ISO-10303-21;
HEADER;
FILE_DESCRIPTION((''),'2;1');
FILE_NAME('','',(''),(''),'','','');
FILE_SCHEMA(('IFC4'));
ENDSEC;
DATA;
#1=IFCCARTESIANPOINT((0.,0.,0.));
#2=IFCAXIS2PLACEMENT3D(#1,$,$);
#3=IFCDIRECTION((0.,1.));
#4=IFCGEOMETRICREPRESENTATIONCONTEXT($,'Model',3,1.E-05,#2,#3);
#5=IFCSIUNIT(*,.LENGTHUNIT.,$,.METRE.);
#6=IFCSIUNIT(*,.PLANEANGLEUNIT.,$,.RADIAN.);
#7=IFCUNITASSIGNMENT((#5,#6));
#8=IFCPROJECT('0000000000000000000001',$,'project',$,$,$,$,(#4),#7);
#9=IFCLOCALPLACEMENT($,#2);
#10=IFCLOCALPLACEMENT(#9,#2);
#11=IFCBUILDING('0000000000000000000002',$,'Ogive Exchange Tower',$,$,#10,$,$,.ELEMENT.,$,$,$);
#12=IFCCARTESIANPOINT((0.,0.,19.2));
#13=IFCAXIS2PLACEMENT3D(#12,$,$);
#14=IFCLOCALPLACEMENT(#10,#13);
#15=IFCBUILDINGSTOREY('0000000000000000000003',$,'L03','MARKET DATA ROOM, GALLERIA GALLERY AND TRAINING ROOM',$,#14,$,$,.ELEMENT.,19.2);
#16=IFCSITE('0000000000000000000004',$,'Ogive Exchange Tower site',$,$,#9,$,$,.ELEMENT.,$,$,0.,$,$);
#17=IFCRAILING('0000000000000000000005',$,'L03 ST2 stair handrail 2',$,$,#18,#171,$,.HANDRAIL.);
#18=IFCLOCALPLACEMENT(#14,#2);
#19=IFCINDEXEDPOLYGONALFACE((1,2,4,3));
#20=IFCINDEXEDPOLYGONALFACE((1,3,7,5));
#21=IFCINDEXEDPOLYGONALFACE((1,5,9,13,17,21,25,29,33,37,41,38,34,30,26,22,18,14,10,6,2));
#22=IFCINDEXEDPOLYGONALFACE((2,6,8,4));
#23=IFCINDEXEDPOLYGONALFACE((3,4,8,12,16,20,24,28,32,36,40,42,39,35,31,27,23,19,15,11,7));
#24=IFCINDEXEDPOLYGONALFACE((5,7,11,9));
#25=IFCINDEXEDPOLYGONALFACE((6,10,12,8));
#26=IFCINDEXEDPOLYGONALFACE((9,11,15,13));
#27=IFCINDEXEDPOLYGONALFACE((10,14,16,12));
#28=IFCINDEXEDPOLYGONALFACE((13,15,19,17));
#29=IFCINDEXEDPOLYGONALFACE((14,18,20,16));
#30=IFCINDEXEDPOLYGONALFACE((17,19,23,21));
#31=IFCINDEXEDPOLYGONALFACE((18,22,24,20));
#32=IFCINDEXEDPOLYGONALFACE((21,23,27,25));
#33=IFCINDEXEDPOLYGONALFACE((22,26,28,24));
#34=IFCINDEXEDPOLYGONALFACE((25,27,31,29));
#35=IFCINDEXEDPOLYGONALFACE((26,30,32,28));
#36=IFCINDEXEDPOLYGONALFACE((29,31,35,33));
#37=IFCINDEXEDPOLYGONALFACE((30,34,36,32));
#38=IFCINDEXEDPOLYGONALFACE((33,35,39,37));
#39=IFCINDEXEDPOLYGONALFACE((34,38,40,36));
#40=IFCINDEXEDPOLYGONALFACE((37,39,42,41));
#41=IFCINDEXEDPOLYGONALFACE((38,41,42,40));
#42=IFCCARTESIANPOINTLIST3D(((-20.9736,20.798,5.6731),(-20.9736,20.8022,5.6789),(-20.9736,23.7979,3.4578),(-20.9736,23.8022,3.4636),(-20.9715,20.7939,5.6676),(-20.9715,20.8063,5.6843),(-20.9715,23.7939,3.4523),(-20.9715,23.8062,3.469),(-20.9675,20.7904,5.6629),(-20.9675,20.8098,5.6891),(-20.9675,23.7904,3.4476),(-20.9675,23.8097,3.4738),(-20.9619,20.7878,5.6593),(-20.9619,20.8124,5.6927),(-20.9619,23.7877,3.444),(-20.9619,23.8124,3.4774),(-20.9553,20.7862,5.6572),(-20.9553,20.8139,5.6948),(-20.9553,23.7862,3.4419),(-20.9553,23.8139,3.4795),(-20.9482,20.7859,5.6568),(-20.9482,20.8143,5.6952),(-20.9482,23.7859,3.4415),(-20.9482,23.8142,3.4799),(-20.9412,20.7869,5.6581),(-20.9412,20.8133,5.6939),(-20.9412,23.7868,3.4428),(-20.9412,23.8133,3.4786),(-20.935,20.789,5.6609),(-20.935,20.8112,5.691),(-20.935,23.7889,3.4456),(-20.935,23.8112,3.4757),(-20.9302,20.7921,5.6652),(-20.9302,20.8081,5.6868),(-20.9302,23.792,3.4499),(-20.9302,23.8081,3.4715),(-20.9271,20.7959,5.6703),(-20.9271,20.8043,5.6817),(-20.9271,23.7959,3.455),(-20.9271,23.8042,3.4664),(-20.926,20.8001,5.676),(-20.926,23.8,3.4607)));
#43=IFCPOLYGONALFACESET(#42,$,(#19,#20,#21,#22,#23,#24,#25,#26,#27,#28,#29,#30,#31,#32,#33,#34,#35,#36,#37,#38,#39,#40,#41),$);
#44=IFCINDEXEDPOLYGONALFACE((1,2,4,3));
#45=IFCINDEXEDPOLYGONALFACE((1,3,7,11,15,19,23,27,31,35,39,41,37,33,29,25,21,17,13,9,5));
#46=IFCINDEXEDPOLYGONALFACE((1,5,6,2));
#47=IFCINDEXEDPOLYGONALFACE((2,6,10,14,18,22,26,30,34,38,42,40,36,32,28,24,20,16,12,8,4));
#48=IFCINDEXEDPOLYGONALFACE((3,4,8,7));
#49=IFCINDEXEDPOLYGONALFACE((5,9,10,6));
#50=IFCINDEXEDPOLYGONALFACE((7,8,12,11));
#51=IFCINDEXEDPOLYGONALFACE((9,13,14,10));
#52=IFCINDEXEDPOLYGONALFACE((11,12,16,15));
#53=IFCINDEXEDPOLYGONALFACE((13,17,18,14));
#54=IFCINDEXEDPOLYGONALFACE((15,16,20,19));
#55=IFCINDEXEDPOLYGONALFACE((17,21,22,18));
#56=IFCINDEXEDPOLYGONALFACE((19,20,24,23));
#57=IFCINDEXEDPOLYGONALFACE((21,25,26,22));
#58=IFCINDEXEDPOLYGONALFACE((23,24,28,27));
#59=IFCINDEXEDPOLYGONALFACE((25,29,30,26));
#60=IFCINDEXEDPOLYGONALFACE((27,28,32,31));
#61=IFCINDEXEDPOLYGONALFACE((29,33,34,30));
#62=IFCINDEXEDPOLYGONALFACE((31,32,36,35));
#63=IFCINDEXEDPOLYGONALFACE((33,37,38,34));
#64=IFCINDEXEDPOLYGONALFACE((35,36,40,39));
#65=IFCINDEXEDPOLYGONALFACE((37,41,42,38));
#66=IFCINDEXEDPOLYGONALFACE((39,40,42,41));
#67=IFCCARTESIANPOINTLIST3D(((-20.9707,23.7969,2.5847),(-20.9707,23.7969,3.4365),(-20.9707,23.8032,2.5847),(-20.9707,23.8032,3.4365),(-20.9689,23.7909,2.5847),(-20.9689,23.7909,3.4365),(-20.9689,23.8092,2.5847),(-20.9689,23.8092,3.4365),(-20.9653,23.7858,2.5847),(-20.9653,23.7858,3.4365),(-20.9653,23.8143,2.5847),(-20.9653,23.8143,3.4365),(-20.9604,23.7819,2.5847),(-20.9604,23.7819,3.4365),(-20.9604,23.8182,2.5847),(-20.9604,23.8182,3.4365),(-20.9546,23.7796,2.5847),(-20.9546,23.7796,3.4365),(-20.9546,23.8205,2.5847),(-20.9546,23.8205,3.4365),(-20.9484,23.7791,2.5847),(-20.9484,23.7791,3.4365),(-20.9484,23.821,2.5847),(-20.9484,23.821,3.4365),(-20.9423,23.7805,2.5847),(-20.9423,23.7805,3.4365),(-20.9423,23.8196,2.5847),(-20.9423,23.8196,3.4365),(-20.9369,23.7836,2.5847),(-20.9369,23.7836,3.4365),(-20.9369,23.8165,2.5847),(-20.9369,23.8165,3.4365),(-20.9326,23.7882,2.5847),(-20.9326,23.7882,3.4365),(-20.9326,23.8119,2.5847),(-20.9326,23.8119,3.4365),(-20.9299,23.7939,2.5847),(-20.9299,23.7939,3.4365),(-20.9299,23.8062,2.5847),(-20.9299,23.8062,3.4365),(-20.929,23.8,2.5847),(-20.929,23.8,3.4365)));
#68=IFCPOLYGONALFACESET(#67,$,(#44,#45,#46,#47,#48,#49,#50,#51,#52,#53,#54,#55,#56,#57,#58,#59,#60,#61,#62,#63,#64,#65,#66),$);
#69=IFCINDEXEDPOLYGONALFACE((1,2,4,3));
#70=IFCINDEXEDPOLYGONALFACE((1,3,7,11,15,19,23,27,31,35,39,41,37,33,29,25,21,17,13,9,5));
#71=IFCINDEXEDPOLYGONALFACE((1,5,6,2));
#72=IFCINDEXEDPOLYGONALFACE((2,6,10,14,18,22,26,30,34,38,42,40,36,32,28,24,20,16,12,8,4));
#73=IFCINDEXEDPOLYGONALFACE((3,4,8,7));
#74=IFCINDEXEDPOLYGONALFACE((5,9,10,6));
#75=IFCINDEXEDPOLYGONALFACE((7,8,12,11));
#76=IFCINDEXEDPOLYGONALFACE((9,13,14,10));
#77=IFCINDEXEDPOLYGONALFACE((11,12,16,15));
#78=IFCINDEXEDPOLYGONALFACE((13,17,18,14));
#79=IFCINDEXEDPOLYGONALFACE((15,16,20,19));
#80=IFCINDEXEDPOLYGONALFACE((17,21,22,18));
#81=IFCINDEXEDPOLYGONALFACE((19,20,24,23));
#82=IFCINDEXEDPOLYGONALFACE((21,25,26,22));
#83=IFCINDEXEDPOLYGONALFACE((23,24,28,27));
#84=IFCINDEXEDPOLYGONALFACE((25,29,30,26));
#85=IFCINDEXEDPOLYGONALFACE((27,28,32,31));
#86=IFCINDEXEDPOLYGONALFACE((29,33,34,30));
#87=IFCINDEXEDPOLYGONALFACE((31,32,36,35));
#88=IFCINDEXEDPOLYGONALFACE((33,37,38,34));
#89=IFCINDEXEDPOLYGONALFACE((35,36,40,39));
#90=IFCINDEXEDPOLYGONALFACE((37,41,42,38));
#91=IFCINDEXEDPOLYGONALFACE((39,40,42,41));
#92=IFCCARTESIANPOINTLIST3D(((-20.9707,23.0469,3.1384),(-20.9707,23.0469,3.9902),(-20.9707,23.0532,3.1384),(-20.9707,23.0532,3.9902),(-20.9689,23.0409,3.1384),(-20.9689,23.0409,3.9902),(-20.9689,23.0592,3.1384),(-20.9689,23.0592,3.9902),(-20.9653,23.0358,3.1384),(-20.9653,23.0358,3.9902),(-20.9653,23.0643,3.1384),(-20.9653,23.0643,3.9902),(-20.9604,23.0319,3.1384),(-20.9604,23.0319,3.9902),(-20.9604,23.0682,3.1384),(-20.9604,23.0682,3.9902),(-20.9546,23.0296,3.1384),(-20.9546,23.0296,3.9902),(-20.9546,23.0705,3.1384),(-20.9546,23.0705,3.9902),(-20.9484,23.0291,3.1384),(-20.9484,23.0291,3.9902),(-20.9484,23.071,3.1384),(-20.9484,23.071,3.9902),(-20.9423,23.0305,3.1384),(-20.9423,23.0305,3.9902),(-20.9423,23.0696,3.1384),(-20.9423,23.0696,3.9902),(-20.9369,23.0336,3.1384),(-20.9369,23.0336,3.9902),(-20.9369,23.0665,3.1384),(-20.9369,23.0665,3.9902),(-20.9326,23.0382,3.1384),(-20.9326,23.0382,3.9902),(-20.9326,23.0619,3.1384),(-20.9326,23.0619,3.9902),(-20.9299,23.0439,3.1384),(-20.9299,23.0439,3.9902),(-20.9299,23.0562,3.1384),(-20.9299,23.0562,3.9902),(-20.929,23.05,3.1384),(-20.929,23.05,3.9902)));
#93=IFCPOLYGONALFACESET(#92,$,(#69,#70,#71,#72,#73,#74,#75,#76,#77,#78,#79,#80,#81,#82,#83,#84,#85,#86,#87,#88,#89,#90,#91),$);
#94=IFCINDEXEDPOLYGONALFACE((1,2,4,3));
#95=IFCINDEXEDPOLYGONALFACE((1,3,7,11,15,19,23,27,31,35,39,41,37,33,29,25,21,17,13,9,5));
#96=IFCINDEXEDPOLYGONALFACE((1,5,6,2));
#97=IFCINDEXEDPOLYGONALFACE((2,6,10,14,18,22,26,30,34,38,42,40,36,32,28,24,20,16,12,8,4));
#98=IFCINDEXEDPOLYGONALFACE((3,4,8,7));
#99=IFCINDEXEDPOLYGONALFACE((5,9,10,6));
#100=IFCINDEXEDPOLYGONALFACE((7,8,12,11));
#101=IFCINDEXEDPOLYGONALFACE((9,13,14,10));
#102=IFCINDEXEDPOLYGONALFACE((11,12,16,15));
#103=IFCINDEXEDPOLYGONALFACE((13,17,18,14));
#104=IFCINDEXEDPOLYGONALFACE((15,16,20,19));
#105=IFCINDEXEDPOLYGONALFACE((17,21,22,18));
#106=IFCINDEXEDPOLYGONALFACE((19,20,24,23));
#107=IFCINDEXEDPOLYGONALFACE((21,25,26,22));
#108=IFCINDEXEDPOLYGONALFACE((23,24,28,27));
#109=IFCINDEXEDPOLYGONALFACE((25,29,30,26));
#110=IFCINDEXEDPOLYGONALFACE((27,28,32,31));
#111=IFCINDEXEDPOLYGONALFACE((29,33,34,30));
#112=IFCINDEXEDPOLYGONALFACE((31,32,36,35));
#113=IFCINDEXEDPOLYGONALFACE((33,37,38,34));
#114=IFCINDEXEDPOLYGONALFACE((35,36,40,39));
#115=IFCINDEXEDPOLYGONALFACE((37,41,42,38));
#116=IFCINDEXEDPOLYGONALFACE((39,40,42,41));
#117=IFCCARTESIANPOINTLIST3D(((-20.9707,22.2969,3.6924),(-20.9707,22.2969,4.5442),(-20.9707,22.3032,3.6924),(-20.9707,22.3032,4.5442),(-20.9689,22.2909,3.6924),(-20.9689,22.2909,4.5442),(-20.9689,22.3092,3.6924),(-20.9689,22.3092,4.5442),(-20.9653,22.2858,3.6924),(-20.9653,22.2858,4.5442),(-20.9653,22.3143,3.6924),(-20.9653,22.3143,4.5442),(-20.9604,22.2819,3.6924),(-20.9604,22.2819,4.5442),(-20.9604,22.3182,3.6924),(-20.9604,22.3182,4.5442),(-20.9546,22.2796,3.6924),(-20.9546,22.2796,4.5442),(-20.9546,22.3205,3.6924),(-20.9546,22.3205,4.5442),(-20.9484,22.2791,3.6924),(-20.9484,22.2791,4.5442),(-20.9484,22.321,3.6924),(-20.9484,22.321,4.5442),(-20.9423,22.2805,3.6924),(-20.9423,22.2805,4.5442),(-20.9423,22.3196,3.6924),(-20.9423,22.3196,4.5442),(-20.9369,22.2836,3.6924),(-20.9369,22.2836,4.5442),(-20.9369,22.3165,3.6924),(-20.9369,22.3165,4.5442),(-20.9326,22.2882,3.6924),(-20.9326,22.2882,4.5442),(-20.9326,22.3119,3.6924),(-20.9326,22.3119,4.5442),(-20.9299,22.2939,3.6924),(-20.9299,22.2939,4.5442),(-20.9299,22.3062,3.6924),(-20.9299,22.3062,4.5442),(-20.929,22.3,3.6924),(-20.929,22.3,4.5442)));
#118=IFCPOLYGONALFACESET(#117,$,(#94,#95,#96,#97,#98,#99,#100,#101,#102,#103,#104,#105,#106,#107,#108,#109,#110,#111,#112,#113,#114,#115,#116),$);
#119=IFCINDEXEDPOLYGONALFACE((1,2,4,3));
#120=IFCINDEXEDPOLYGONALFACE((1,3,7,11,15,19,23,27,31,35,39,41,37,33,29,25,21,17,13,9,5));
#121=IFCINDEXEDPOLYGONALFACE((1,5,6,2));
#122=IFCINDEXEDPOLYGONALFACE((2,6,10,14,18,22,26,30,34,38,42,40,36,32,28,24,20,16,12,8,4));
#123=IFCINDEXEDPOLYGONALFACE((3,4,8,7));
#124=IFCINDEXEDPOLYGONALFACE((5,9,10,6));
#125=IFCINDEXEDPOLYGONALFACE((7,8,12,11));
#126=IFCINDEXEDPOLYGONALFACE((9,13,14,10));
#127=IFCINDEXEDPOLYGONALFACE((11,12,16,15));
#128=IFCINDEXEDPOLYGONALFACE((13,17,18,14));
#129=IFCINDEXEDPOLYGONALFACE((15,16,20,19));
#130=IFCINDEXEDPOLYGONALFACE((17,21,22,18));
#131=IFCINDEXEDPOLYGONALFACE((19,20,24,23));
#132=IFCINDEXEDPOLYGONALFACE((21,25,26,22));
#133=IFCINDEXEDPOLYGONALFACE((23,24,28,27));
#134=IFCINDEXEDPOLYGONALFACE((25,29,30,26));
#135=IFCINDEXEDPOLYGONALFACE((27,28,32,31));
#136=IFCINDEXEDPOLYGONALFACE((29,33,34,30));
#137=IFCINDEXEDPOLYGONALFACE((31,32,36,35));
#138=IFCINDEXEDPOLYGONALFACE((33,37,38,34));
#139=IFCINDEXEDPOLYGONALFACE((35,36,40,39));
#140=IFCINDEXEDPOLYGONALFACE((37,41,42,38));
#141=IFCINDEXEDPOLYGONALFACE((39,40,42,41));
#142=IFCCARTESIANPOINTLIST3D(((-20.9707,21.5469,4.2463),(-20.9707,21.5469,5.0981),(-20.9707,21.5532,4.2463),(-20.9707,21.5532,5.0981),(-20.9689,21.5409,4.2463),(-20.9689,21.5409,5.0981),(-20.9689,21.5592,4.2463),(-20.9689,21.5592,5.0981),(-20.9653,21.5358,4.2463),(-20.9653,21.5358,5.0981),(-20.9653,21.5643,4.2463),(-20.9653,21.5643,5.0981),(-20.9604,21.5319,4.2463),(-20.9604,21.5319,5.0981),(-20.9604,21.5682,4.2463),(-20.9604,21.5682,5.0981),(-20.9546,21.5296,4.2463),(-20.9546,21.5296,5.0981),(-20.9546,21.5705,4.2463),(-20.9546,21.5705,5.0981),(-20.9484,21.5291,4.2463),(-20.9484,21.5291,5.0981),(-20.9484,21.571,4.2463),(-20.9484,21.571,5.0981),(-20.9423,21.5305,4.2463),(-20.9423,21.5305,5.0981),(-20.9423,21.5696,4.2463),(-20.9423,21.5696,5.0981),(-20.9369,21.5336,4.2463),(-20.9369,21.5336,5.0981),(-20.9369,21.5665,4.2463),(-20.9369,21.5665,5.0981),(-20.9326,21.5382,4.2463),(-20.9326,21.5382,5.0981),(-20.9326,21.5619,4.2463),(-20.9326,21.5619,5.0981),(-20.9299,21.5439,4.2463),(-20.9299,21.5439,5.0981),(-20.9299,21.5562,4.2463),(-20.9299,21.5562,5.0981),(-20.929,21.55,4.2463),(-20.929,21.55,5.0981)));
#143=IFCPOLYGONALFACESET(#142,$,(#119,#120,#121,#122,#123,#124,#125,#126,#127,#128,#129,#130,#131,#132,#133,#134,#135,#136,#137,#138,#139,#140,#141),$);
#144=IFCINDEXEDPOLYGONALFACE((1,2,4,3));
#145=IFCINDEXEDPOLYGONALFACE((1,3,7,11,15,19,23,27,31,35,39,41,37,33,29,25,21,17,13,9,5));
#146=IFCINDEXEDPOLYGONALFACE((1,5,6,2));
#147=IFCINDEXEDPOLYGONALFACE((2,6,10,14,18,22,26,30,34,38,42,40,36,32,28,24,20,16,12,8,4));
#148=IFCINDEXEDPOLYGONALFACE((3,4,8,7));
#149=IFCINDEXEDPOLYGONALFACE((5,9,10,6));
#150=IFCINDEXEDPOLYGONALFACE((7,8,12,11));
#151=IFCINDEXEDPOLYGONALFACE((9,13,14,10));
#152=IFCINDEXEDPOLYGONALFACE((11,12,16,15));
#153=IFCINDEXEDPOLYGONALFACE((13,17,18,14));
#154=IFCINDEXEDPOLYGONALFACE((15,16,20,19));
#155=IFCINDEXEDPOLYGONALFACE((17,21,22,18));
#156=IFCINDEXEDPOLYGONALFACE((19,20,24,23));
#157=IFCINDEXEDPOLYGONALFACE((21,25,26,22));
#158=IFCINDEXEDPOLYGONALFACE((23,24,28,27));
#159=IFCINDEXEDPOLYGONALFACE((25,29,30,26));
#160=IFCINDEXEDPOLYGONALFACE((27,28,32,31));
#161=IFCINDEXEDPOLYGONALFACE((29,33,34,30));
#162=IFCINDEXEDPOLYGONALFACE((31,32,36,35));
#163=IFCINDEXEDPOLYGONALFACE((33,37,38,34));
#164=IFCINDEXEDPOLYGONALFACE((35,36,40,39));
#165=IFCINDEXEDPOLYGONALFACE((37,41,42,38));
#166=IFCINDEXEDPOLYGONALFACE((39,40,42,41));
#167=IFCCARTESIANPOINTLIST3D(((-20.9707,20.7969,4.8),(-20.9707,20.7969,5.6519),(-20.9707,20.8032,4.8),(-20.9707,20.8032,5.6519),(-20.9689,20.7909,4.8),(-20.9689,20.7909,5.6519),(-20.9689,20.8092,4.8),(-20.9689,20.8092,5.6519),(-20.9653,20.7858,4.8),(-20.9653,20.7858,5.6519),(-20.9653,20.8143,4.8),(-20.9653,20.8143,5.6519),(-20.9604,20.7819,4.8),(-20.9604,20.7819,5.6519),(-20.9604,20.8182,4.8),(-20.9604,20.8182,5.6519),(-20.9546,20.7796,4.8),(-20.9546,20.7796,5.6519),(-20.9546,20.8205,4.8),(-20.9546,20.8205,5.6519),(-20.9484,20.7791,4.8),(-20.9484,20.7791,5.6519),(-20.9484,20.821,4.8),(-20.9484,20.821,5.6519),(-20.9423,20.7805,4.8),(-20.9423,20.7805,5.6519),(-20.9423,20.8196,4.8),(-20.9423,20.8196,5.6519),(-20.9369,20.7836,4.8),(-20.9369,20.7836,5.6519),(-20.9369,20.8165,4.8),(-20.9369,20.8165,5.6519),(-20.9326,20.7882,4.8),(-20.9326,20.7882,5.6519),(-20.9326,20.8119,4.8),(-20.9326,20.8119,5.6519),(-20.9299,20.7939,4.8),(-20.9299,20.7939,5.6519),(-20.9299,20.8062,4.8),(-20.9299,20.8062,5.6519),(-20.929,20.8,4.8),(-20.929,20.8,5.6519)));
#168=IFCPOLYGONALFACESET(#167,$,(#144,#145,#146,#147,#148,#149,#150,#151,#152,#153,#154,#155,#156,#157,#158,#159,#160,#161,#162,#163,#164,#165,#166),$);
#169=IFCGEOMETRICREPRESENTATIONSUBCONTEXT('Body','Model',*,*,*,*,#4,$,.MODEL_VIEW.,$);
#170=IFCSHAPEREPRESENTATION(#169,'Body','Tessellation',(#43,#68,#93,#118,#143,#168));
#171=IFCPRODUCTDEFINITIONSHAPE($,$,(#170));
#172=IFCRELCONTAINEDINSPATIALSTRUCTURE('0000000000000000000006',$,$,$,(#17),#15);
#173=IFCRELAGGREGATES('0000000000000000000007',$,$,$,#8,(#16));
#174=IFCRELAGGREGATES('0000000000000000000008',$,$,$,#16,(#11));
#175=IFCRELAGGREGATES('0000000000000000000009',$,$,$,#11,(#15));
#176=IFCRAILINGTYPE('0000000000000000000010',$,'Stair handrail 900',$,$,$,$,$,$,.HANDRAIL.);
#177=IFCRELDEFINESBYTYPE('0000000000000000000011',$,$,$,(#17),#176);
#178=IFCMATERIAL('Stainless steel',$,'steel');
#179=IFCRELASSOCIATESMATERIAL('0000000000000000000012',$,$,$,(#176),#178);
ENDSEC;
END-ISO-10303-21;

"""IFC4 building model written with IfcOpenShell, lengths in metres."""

from ifc_helpers import new_model, si_unit, direction, frame, origin, origin_2d, place, context, subcontext, project, spatial, circle, extrude, material, type_object, element, save


model = new_model("IFC4")

# Units and contexts
model_context = context("Model", 3, precision=1e-05, world=origin(), true_north=direction((0.0, 1.0)))
body_context = subcontext(model_context, "Body", "Model", "MODEL_VIEW")
ifc_project = project(units=[si_unit("LENGTHUNIT", "METRE"), si_unit("PLANEANGLEUNIT", "RADIAN")], contexts=[model_context])

# Site, building, storey
site_placement = place(None, origin())
site = spatial("IfcSite", under=ifc_project, at=site_placement, Name="Ogive Exchange Tower site", CompositionType="ELEMENT", RefElevation=0.0)
building_placement = place(site_placement, origin())
building = spatial("IfcBuilding", under=site, at=building_placement, Name="Ogive Exchange Tower", CompositionType="ELEMENT")
storey_placement = place(building_placement, frame((0.0, 0.0, 19.2)))
storey = spatial("IfcBuildingStorey", under=building, at=storey_placement, Name="L03", Description="MARKET DATA ROOM, GALLERIA GALLERY AND TRAINING ROOM", CompositionType="ELEMENT", Elevation=19.2)

# Railing
ifc_material_1 = material(Name="Stainless steel", Category="steel")
railing_type = type_object("IfcRailingType", Name="Stair handrail 900", PredefinedType="HANDRAIL", material=ifc_material_1)
railing_placement = place(storey_placement, frame((-20.95, 23.8, 2.5847)))
element("IfcRailing", 1, at=railing_placement, inside=storey, type_object=railing_type, Name="L03 ST2 stair handrail 2", PredefinedType="HANDRAIL", context=body_context, shape_type="SweptSolid", body=[
    extrude(circle(Radius=0.0239, at=origin_2d()), frame((0.0, 0.0, 0.876), z_axis=(0.0, -0.80444, 0.594034), x_axis=(1.0, 0.0, 0.0)), (0.0, 0.0, 1.0), 3.7292),
    extrude(circle(Radius=0.021, at=origin_2d()), origin(), (0.0, 0.0, 1.0), 0.8518),
    extrude(circle(Radius=0.021, at=origin_2d()), frame((0.0, -0.75, 0.5537)), (0.0, 0.0, 1.0), 0.8518),
    extrude(circle(Radius=0.021, at=origin_2d()), frame((0.0, -1.5, 1.1077)), (0.0, 0.0, 1.0), 0.8518),
    extrude(circle(Radius=0.021, at=origin_2d()), frame((0.0, -2.25, 1.6616)), (0.0, 0.0, 1.0), 0.8518),
    extrude(circle(Radius=0.021, at=origin_2d()), frame((0.0, -3.0, 2.2153)), (0.0, 0.0, 1.0), 0.8518),
])

save(model, "model.ifc")
